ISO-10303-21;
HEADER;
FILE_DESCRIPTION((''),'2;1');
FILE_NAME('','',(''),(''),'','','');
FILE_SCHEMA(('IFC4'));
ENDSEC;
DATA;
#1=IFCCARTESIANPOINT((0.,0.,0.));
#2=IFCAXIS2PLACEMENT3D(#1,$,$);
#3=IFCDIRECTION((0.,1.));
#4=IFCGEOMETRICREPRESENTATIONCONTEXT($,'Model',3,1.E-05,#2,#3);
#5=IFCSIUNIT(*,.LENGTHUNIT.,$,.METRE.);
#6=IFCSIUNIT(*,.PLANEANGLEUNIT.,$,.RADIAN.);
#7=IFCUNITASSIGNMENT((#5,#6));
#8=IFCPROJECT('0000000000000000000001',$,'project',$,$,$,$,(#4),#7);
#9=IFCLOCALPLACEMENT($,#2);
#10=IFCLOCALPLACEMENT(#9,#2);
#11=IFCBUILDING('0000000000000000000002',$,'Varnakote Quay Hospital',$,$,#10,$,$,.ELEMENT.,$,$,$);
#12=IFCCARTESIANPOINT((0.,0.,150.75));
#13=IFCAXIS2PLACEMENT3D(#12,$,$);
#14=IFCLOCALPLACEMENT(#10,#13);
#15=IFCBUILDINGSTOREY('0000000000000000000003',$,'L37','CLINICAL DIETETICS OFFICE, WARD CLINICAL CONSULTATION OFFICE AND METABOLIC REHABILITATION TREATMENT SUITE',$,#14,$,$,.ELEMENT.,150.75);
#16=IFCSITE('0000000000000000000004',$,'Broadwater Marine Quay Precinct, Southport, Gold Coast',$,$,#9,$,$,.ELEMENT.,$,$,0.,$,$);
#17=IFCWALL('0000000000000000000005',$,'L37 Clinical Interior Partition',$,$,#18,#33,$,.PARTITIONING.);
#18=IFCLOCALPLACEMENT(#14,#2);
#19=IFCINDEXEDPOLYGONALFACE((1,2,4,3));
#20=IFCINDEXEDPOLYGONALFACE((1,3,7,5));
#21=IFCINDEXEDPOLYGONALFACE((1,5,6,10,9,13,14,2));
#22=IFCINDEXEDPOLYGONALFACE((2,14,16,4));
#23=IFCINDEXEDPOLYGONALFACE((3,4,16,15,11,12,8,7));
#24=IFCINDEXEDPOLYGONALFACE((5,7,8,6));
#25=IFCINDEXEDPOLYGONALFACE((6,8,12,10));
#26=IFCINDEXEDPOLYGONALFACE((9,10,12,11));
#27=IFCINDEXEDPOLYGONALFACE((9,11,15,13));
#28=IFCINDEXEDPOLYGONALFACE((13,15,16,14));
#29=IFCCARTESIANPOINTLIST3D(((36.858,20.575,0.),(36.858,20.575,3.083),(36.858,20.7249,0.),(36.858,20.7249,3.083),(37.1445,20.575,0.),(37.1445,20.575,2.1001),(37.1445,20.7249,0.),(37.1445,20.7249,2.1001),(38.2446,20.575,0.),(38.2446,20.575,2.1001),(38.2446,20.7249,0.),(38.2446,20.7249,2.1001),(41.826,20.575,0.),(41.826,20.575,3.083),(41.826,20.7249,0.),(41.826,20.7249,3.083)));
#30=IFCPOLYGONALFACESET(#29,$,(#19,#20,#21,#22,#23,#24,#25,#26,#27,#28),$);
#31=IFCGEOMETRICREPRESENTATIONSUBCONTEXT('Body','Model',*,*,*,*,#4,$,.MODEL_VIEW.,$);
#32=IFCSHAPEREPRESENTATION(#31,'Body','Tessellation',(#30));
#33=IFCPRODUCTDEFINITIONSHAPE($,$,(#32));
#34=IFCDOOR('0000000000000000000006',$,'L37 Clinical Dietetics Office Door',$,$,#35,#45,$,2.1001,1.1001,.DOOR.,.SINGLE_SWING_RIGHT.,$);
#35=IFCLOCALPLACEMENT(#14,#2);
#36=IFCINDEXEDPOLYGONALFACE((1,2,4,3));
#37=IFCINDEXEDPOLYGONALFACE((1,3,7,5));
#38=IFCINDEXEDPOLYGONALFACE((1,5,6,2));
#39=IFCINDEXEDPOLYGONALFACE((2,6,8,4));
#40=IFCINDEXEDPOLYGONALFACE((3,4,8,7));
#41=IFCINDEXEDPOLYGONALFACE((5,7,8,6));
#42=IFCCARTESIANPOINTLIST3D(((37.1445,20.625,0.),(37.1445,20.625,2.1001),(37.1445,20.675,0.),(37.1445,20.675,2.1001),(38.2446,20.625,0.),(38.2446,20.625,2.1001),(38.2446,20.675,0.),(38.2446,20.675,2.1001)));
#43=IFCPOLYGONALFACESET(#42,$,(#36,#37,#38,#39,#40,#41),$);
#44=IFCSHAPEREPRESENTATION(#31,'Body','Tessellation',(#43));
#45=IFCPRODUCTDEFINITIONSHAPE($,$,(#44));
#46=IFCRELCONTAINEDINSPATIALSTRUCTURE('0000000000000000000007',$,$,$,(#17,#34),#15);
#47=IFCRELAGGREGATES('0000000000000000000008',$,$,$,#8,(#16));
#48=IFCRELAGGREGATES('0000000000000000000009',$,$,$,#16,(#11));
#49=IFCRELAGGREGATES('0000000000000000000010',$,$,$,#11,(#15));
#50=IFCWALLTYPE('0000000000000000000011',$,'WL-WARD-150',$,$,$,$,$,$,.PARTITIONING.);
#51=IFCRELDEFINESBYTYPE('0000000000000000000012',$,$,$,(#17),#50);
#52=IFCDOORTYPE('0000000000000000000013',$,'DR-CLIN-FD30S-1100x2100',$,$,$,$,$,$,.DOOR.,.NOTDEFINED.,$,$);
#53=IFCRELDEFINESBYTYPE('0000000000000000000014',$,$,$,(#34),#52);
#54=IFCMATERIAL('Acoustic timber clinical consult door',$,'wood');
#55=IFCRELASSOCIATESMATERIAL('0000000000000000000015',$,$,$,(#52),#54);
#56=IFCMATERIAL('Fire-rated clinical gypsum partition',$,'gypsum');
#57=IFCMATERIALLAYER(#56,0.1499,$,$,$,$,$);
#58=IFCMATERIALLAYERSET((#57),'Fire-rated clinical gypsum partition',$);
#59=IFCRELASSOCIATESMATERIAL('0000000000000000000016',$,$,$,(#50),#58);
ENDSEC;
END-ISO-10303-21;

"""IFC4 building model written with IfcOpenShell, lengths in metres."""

from ifc_helpers import new_model, si_unit, direction, frame, frame_2d, origin, place, context, subcontext, project, spatial, rectangle, extrude, material, layer, layer_set, type_object, element, fill, save


model = new_model("IFC4")

# Units and contexts
model_context = context("Model", 3, precision=1e-05, world=origin(), true_north=direction((0.0, 1.0)))
body_context = subcontext(model_context, "Body", "Model", "MODEL_VIEW")
ifc_project = project(units=[si_unit("LENGTHUNIT", "METRE"), si_unit("PLANEANGLEUNIT", "RADIAN")], contexts=[model_context])

# Site, building, storey
site_placement = place(None, origin())
site = spatial("IfcSite", under=ifc_project, at=site_placement, Name="Broadwater Marine Quay Precinct, Southport, Gold Coast", CompositionType="ELEMENT", RefElevation=0.0)
building_placement = place(site_placement, origin())
building = spatial("IfcBuilding", under=site, at=building_placement, Name="Varnakote Quay Hospital", CompositionType="ELEMENT")
storey_placement = place(building_placement, frame((0.0, 0.0, 150.75)))
storey = spatial("IfcBuildingStorey", under=building, at=storey_placement, Name="L37", Description="CLINICAL DIETETICS OFFICE, WARD CLINICAL CONSULTATION OFFICE AND METABOLIC REHABILITATION TREATMENT SUITE", CompositionType="ELEMENT", Elevation=150.75)

# Shared definitions
ifc_material_1 = material(Name="Acoustic timber clinical consult door", Category="wood")
door_type = type_object("IfcDoorType", Name="DR-CLIN-FD30S-1100x2100", OperationType="NOTDEFINED", PredefinedType="DOOR", material=ifc_material_1)

# Shared definitions
ifc_material_2 = material(Name="Fire-rated clinical gypsum partition", Category="gypsum")
ifc_layer_1 = layer(ifc_material_2, 0.1499)
ifc_layer_set_1 = layer_set([ifc_layer_1], Name="Fire-rated clinical gypsum partition")
wall_type_1 = type_object("IfcWallType", Name="WL-WARD-150", PredefinedType="PARTITIONING", material=ifc_layer_set_1)

# Wall, opening, door
wall_1_placement = place(storey_placement, frame((41.8259, 20.6499, 0.0), z_axis=(0.0, 0.0, 1.0), x_axis=(-1.0, 0.0, 0.0)))
wall_1 = element("IfcWall", 1, at=wall_1_placement, inside=storey, type_object=wall_type_1, Name="L37 Clinical Interior Partition", PredefinedType="PARTITIONING", context=body_context, shape_type="SweptSolid", body=[
    extrude(rectangle(XDim=4.968, YDim=0.1499, at=frame_2d((2.4839, 0.0))), origin(), (0.0, 0.0, 1.0), 3.083),
])
opening_1_placement = place(wall_1_placement, frame((3.5813, 0.0, 0.0)))
opening_1 = element("IfcOpeningElement", 2, at=opening_1_placement, cuts=wall_1, PredefinedType="OPENING", context=body_context, shape_type="SweptSolid", body=[
    extrude(rectangle(XDim=1.1001, YDim=2.1001, at=frame_2d((0.55, 1.05))), frame((0.0, 0.085, 0.0), z_axis=(0.0, -1.0, 0.0), x_axis=(1.0, 0.0, 0.0)), (0.0, 0.0, 1.0), 0.1699),
])
door_1_placement = place(opening_1_placement, origin())
door_1 = element("IfcDoor", 3, at=door_1_placement, inside=storey, type_object=door_type, Name="L37 Clinical Dietetics Office Door", OperationType="SINGLE_SWING_RIGHT", OverallHeight=2.1001, OverallWidth=1.1001, PredefinedType="DOOR", context=body_context, shape_type="SweptSolid", body=[
    extrude(rectangle(XDim=1.1001, YDim=2.1001, at=frame_2d((0.55, 1.05))), frame((0.0, 0.0249, 0.0), z_axis=(0.0, -1.0, 0.0), x_axis=(1.0, 0.0, 0.0)), (0.0, 0.0, 1.0), 0.05),
])
fill(opening_1, door_1)

save(model, "model.ifc")
